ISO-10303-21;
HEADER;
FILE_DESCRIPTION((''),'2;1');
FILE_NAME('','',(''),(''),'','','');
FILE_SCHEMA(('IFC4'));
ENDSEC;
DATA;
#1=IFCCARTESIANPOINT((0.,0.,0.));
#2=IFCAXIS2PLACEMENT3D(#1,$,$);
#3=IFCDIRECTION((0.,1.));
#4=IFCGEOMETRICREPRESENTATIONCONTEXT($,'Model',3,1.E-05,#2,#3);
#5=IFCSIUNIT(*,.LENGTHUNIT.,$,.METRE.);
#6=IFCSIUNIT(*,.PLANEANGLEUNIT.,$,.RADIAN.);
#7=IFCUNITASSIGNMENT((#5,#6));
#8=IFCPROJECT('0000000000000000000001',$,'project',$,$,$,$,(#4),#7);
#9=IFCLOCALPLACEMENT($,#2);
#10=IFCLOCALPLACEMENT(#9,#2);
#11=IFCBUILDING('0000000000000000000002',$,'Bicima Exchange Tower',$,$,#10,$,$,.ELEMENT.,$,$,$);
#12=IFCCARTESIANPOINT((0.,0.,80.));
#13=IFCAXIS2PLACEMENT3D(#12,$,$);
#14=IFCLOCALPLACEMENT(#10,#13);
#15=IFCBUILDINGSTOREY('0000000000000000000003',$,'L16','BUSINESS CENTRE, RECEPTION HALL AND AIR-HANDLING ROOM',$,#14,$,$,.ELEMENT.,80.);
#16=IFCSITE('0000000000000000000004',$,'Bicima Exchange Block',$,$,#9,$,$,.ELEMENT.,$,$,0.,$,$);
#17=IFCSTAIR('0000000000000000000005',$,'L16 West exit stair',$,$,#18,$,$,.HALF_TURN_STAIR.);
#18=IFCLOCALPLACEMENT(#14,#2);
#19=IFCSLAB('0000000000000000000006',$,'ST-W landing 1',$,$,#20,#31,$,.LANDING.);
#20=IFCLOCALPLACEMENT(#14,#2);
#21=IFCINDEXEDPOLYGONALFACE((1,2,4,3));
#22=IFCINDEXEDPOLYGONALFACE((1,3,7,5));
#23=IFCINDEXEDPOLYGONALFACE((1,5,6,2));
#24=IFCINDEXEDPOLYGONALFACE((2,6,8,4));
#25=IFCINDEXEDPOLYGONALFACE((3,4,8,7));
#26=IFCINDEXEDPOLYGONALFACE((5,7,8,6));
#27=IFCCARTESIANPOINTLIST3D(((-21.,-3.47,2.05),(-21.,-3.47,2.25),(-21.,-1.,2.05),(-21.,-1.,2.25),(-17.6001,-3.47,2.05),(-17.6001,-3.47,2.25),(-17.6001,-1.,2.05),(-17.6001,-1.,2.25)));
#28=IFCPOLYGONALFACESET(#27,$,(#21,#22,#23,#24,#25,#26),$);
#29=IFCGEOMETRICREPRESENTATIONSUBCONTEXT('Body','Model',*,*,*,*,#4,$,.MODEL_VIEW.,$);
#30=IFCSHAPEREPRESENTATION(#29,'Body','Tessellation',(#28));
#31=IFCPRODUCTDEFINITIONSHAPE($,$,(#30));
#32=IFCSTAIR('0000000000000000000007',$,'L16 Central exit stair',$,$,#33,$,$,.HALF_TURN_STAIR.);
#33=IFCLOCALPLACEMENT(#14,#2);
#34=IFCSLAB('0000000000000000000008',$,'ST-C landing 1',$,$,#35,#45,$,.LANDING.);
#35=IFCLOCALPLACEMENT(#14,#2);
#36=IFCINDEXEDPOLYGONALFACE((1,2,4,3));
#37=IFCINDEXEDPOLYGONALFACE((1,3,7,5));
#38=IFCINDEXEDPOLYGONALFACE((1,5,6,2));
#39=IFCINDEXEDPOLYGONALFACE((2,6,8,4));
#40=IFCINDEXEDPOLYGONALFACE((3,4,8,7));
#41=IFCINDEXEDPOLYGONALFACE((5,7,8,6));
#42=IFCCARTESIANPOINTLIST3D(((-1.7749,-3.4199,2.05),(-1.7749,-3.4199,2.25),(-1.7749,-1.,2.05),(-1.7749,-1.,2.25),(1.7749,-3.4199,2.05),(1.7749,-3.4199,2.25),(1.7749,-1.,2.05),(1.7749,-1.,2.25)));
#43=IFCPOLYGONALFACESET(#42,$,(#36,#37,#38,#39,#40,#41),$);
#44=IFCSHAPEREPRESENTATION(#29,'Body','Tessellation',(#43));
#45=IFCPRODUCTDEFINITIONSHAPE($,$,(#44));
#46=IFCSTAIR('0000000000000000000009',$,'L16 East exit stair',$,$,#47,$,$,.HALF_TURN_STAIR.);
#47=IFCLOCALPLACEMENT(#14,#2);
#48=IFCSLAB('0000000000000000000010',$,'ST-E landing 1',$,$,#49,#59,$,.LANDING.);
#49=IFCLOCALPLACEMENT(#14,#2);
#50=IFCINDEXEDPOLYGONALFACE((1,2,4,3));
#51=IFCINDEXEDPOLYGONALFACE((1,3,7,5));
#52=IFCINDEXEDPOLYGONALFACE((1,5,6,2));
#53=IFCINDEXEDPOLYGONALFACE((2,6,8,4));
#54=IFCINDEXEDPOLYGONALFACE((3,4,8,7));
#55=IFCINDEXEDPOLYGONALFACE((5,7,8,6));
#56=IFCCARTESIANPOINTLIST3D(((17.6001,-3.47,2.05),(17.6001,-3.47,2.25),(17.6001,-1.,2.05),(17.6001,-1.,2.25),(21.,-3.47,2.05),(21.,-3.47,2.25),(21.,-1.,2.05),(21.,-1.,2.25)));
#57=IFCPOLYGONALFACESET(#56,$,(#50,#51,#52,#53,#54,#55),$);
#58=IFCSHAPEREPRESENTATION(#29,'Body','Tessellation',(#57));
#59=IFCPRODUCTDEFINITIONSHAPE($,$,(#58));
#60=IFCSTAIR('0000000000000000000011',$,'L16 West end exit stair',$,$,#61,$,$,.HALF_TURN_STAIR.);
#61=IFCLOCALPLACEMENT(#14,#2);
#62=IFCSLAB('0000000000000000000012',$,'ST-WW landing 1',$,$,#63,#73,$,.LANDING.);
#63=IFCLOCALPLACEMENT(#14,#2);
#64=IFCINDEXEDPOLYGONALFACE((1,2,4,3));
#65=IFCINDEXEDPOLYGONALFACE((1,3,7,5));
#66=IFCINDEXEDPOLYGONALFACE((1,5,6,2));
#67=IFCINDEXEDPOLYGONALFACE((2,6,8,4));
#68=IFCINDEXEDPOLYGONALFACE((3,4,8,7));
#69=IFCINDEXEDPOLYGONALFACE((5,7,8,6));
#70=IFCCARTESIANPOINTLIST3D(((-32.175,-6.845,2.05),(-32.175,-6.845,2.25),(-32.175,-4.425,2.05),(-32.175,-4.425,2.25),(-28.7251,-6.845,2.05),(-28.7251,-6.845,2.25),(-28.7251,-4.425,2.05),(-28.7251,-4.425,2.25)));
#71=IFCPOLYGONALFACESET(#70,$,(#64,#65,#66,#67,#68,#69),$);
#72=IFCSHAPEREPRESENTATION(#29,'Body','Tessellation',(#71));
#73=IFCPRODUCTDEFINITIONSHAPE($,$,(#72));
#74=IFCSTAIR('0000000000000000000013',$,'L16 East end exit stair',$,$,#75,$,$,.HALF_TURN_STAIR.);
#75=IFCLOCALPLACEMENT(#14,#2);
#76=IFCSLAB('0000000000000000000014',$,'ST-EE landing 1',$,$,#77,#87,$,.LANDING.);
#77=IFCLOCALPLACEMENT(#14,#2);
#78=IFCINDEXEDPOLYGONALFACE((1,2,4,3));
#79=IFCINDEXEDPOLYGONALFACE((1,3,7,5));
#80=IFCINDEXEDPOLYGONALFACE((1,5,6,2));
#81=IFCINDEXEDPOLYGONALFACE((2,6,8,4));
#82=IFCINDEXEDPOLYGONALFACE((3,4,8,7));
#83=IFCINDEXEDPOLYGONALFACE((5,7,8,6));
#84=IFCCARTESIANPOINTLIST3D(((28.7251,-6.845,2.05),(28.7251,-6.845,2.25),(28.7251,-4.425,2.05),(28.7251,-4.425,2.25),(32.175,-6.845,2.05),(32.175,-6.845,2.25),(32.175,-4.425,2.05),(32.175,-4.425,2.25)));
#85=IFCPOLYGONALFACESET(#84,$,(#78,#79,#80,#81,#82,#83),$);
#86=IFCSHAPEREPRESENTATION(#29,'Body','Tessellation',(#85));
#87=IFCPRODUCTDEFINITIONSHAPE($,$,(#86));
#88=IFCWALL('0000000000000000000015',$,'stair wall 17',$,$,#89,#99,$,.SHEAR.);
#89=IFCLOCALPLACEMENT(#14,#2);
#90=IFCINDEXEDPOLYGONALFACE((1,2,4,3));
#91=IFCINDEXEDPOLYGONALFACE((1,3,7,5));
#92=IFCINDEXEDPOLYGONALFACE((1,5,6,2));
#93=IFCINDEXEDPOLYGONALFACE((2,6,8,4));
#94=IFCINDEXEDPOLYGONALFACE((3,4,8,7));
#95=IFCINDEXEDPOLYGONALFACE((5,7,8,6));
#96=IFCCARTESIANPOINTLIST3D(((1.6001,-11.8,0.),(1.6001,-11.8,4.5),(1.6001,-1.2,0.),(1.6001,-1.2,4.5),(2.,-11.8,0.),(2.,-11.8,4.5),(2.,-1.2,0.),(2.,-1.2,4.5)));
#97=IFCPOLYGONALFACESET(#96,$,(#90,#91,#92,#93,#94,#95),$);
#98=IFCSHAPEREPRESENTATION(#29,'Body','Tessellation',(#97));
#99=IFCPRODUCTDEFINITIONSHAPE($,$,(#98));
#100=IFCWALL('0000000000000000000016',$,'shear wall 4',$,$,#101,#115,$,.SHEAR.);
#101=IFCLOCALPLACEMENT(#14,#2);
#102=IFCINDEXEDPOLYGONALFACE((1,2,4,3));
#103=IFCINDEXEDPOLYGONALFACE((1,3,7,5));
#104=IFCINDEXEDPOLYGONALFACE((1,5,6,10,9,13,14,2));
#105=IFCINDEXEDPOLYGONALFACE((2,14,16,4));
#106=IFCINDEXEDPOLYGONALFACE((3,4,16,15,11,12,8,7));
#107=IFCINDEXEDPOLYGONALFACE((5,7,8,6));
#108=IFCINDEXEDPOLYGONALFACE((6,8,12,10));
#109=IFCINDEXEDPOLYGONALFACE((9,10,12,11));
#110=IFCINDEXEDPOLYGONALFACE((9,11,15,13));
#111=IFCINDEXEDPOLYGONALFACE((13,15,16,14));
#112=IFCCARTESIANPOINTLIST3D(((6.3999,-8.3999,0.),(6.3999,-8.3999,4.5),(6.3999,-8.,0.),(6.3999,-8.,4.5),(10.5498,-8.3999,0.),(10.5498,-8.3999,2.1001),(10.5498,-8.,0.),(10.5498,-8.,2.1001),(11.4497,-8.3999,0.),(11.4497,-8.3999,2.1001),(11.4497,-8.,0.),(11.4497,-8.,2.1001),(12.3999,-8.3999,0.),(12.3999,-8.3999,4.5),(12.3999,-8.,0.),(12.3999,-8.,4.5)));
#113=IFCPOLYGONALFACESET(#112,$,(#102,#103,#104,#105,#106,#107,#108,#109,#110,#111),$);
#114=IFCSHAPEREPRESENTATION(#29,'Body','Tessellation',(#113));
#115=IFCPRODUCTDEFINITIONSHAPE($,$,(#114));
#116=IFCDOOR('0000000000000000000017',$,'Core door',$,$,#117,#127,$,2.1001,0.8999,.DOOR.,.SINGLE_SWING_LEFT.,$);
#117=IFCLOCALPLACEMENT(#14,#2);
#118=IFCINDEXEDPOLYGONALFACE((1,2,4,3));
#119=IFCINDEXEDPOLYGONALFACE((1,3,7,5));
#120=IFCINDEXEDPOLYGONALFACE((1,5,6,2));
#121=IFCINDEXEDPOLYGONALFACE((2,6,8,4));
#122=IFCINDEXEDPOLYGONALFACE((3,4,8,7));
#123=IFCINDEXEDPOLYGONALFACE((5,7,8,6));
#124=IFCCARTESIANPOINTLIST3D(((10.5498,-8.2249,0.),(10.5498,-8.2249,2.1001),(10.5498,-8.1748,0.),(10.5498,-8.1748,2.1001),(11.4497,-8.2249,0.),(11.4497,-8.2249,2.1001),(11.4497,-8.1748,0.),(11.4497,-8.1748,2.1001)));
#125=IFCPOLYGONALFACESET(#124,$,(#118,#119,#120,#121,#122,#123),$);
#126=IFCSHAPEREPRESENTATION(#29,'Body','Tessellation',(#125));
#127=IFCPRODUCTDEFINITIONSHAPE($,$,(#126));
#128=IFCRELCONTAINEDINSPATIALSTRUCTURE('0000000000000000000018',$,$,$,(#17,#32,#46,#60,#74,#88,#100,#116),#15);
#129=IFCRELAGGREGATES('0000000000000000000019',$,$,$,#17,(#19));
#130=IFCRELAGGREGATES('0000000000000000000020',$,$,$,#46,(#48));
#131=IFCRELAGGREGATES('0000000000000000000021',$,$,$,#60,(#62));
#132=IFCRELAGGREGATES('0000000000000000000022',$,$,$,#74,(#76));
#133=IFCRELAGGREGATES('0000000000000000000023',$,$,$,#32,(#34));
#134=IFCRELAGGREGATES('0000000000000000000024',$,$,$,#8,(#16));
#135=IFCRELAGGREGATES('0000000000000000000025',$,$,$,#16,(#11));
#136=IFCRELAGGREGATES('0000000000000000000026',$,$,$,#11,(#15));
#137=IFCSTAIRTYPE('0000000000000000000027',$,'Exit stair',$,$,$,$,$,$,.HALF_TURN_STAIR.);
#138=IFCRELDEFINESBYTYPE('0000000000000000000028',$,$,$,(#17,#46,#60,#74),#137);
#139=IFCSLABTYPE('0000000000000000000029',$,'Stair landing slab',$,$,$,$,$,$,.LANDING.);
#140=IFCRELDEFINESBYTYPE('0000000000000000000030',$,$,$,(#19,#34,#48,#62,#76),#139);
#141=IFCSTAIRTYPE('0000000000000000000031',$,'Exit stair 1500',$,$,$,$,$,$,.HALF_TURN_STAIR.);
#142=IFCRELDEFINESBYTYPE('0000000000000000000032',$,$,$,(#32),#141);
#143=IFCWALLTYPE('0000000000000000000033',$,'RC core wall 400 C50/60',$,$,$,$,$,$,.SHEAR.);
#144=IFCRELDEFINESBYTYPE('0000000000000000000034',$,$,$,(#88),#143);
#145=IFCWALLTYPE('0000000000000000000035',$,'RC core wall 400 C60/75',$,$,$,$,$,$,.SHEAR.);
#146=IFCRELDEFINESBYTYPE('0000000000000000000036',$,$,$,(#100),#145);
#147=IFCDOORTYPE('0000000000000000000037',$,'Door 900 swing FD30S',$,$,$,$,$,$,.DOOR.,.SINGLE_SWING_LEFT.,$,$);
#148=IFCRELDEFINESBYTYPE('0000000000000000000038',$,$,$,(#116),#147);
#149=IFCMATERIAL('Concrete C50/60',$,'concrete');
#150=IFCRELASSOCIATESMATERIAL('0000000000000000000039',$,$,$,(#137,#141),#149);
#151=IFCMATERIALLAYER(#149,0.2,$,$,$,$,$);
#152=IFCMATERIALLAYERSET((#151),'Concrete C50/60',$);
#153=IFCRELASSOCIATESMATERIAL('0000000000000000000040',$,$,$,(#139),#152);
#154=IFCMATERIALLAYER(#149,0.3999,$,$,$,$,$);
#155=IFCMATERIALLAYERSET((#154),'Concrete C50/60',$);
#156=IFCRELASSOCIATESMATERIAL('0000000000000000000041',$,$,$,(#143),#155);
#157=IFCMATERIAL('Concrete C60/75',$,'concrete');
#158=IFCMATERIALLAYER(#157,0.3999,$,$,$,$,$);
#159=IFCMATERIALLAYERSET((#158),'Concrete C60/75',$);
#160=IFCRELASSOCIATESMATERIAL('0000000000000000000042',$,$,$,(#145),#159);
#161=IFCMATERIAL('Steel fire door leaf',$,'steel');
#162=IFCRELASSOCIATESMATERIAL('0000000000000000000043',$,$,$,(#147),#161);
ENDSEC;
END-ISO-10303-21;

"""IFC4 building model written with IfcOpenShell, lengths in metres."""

from ifc_helpers import new_model, si_unit, direction, frame, frame_2d, origin, place, context, subcontext, project, spatial, polyline, rectangle, outline, extrude, material, layer, layer_set, type_object, element, fill, aggregate, save


model = new_model("IFC4")

# Units and contexts
model_context = context("Model", 3, precision=1e-05, world=origin(), true_north=direction((0.0, 1.0)))
body_context = subcontext(model_context, "Body", "Model", "MODEL_VIEW")
ifc_project = project(units=[si_unit("LENGTHUNIT", "METRE"), si_unit("PLANEANGLEUNIT", "RADIAN")], contexts=[model_context])

# Site, building, storey
site_placement = place(None, origin())
site = spatial("IfcSite", under=ifc_project, at=site_placement, Name="Bicima Exchange Block", CompositionType="ELEMENT", RefElevation=0.0)
building_placement = place(site_placement, origin())
building = spatial("IfcBuilding", under=site, at=building_placement, Name="Bicima Exchange Tower", CompositionType="ELEMENT")
storey_placement = place(building_placement, frame((0.0, 0.0, 80.0)))
storey = spatial("IfcBuildingStorey", under=building, at=storey_placement, Name="L16", Description="BUSINESS CENTRE, RECEPTION HALL AND AIR-HANDLING ROOM", CompositionType="ELEMENT", Elevation=80.0)

# Stairs, slabs
ifc_material_1 = material(Name="Concrete C50/60", Category="concrete")
stair_type_1 = type_object("IfcStairType", Name="Exit stair", PredefinedType="HALF_TURN_STAIR", material=ifc_material_1)
stair_1_placement = place(storey_placement, origin())
stair_1 = element("IfcStair", 1, at=stair_1_placement, inside=storey, type_object=stair_type_1, Name="L16 West exit stair", PredefinedType="HALF_TURN_STAIR")
ifc_layer_1 = layer(ifc_material_1, 0.2)
ifc_layer_set_1 = layer_set([ifc_layer_1], Name="Concrete C50/60")
slab_type_1 = type_object("IfcSlabType", Name="Stair landing slab", PredefinedType="LANDING", material=ifc_layer_set_1)
slab_1_placement = place(storey_placement, frame((0.0, 0.0, 2.05)))
slab_1 = element("IfcSlab", 2, at=slab_1_placement, type_object=slab_type_1, Name="ST-W landing 1", PredefinedType="LANDING", context=body_context, shape_type="SweptSolid", body=[
    extrude(outline(polyline([(-17.6001, -3.47), (-17.6001, -1.0), (-21.0, -1.0), (-21.0, -3.47), (-17.6001, -3.47)])), origin(), (0.0, 0.0, 1.0), 0.2),
])
aggregate(stair_1, [slab_1])
stair_type_2 = type_object("IfcStairType", Name="Exit stair 1500", PredefinedType="HALF_TURN_STAIR", material=ifc_material_1)
stair_2_placement = place(storey_placement, origin())
stair_2 = element("IfcStair", 3, at=stair_2_placement, inside=storey, type_object=stair_type_2, Name="L16 Central exit stair", PredefinedType="HALF_TURN_STAIR")
slab_2_placement = place(storey_placement, frame((0.0, 0.0, 2.05)))
slab_2 = element("IfcSlab", 4, at=slab_2_placement, type_object=slab_type_1, Name="ST-C landing 1", PredefinedType="LANDING", context=body_context, shape_type="SweptSolid", body=[
    extrude(outline(polyline([(1.7749, -3.4199), (1.7749, -1.0), (-1.7749, -1.0), (-1.7749, -3.4199), (1.7749, -3.4199)])), origin(), (0.0, 0.0, 1.0), 0.2),
])
stair_3_placement = place(storey_placement, origin())
stair_3 = element("IfcStair", 5, at=stair_3_placement, inside=storey, type_object=stair_type_1, Name="L16 East exit stair", PredefinedType="HALF_TURN_STAIR")
slab_3_placement = place(storey_placement, frame((0.0, 0.0, 2.05)))
slab_3 = element("IfcSlab", 6, at=slab_3_placement, type_object=slab_type_1, Name="ST-E landing 1", PredefinedType="LANDING", context=body_context, shape_type="SweptSolid", body=[
    extrude(outline(polyline([(21.0, -3.47), (21.0, -1.0), (17.6001, -1.0), (17.6001, -3.47), (21.0, -3.47)])), origin(), (0.0, 0.0, 1.0), 0.2),
])
aggregate(stair_3, [slab_3])
stair_4_placement = place(storey_placement, origin())
stair_4 = element("IfcStair", 7, at=stair_4_placement, inside=storey, type_object=stair_type_1, Name="L16 West end exit stair", PredefinedType="HALF_TURN_STAIR")
slab_4_placement = place(storey_placement, frame((0.0, 0.0, 2.05)))
slab_4 = element("IfcSlab", 8, at=slab_4_placement, type_object=slab_type_1, Name="ST-WW landing 1", PredefinedType="LANDING", context=body_context, shape_type="SweptSolid", body=[
    extrude(outline(polyline([(-28.7251, -6.845), (-28.7251, -4.425), (-32.175, -4.425), (-32.175, -6.845), (-28.7251, -6.845)])), origin(), (0.0, 0.0, 1.0), 0.2),
])
aggregate(stair_4, [slab_4])
stair_5_placement = place(storey_placement, origin())
stair_5 = element("IfcStair", 9, at=stair_5_placement, inside=storey, type_object=stair_type_1, Name="L16 East end exit stair", PredefinedType="HALF_TURN_STAIR")
slab_5_placement = place(storey_placement, frame((0.0, 0.0, 2.05)))
slab_5 = element("IfcSlab", 10, at=slab_5_placement, type_object=slab_type_1, Name="ST-EE landing 1", PredefinedType="LANDING", context=body_context, shape_type="SweptSolid", body=[
    extrude(outline(polyline([(32.175, -6.845), (32.175, -4.425), (28.7251, -4.425), (28.7251, -6.845), (32.175, -6.845)])), origin(), (0.0, 0.0, 1.0), 0.2),
])
aggregate(stair_5, [slab_5])

# Wall
ifc_layer_2 = layer(ifc_material_1, 0.3999)
ifc_layer_set_2 = layer_set([ifc_layer_2], Name="Concrete C50/60")
wall_type_1 = type_object("IfcWallType", Name="RC core wall 400 C50/60", PredefinedType="SHEAR", material=ifc_layer_set_2)
wall_1_placement = place(storey_placement, frame((1.8, -11.8, 0.0), z_axis=(0.0, 0.0, 1.0), x_axis=(0.0, 1.0, 0.0)))
element("IfcWall", 11, at=wall_1_placement, inside=storey, type_object=wall_type_1, Name="stair wall 17", PredefinedType="SHEAR", context=body_context, shape_type="SweptSolid", body=[
    extrude(rectangle(XDim=10.6001, YDim=0.3999, at=frame_2d((5.3, 0.0))), origin(), (0.0, 0.0, 1.0), 4.5),
])

# Wall, opening, door
ifc_material_2 = material(Name="Concrete C60/75", Category="concrete")
ifc_layer_3 = layer(ifc_material_2, 0.3999)
ifc_layer_set_3 = layer_set([ifc_layer_3], Name="Concrete C60/75")
wall_type_2 = type_object("IfcWallType", Name="RC core wall 400 C60/75", PredefinedType="SHEAR", material=ifc_layer_set_3)
wall_2_placement = place(storey_placement, frame((6.3999, -8.2, 0.0), z_axis=(0.0, 0.0, 1.0), x_axis=(1.0, 0.0, 0.0)))
wall_2 = element("IfcWall", 12, at=wall_2_placement, inside=storey, type_object=wall_type_2, Name="shear wall 4", PredefinedType="SHEAR", context=body_context, shape_type="SweptSolid", body=[
    extrude(rectangle(XDim=6.0, YDim=0.3999, at=frame_2d((3.0, 0.0))), origin(), (0.0, 0.0, 1.0), 4.5),
])
opening_1_placement = place(wall_2_placement, frame((4.1499, 0.0, 0.0)))
opening_1 = element("IfcOpeningElement", 13, at=opening_1_placement, cuts=wall_2, PredefinedType="OPENING", context=body_context, shape_type="SweptSolid", body=[
    extrude(rectangle(XDim=0.8999, YDim=2.1001, at=frame_2d((0.45, 1.05))), frame((0.0, 0.2119, 0.0), z_axis=(0.0, -1.0, 0.0), x_axis=(1.0, 0.0, 0.0)), (0.0, 0.0, 1.0), 0.4238),
])
ifc_material_3 = material(Name="Steel fire door leaf", Category="steel")
door_type_1 = type_object("IfcDoorType", Name="Door 900 swing FD30S", OperationType="SINGLE_SWING_LEFT", PredefinedType="DOOR", material=ifc_material_3)
door_1_placement = place(opening_1_placement, frame((0.8999, 0.0, 0.0), z_axis=(0.0, 0.0, 1.0), x_axis=(-1.0, 0.0, 0.0)))
door_1 = element("IfcDoor", 14, at=door_1_placement, inside=storey, type_object=door_type_1, Name="Core door", OperationType="SINGLE_SWING_LEFT", OverallHeight=2.1001, OverallWidth=0.8999, PredefinedType="DOOR", context=body_context, shape_type="SweptSolid", body=[
    extrude(rectangle(XDim=0.8999, YDim=2.1001, at=frame_2d((0.45, 1.05))), frame((0.0, 0.0249, 0.0), z_axis=(0.0, -1.0, 0.0), x_axis=(1.0, 0.0, 0.0)), (0.0, 0.0, 1.0), 0.05),
])
fill(opening_1, door_1)

aggregate(stair_2, [slab_2])

save(model, "model.ifc")
